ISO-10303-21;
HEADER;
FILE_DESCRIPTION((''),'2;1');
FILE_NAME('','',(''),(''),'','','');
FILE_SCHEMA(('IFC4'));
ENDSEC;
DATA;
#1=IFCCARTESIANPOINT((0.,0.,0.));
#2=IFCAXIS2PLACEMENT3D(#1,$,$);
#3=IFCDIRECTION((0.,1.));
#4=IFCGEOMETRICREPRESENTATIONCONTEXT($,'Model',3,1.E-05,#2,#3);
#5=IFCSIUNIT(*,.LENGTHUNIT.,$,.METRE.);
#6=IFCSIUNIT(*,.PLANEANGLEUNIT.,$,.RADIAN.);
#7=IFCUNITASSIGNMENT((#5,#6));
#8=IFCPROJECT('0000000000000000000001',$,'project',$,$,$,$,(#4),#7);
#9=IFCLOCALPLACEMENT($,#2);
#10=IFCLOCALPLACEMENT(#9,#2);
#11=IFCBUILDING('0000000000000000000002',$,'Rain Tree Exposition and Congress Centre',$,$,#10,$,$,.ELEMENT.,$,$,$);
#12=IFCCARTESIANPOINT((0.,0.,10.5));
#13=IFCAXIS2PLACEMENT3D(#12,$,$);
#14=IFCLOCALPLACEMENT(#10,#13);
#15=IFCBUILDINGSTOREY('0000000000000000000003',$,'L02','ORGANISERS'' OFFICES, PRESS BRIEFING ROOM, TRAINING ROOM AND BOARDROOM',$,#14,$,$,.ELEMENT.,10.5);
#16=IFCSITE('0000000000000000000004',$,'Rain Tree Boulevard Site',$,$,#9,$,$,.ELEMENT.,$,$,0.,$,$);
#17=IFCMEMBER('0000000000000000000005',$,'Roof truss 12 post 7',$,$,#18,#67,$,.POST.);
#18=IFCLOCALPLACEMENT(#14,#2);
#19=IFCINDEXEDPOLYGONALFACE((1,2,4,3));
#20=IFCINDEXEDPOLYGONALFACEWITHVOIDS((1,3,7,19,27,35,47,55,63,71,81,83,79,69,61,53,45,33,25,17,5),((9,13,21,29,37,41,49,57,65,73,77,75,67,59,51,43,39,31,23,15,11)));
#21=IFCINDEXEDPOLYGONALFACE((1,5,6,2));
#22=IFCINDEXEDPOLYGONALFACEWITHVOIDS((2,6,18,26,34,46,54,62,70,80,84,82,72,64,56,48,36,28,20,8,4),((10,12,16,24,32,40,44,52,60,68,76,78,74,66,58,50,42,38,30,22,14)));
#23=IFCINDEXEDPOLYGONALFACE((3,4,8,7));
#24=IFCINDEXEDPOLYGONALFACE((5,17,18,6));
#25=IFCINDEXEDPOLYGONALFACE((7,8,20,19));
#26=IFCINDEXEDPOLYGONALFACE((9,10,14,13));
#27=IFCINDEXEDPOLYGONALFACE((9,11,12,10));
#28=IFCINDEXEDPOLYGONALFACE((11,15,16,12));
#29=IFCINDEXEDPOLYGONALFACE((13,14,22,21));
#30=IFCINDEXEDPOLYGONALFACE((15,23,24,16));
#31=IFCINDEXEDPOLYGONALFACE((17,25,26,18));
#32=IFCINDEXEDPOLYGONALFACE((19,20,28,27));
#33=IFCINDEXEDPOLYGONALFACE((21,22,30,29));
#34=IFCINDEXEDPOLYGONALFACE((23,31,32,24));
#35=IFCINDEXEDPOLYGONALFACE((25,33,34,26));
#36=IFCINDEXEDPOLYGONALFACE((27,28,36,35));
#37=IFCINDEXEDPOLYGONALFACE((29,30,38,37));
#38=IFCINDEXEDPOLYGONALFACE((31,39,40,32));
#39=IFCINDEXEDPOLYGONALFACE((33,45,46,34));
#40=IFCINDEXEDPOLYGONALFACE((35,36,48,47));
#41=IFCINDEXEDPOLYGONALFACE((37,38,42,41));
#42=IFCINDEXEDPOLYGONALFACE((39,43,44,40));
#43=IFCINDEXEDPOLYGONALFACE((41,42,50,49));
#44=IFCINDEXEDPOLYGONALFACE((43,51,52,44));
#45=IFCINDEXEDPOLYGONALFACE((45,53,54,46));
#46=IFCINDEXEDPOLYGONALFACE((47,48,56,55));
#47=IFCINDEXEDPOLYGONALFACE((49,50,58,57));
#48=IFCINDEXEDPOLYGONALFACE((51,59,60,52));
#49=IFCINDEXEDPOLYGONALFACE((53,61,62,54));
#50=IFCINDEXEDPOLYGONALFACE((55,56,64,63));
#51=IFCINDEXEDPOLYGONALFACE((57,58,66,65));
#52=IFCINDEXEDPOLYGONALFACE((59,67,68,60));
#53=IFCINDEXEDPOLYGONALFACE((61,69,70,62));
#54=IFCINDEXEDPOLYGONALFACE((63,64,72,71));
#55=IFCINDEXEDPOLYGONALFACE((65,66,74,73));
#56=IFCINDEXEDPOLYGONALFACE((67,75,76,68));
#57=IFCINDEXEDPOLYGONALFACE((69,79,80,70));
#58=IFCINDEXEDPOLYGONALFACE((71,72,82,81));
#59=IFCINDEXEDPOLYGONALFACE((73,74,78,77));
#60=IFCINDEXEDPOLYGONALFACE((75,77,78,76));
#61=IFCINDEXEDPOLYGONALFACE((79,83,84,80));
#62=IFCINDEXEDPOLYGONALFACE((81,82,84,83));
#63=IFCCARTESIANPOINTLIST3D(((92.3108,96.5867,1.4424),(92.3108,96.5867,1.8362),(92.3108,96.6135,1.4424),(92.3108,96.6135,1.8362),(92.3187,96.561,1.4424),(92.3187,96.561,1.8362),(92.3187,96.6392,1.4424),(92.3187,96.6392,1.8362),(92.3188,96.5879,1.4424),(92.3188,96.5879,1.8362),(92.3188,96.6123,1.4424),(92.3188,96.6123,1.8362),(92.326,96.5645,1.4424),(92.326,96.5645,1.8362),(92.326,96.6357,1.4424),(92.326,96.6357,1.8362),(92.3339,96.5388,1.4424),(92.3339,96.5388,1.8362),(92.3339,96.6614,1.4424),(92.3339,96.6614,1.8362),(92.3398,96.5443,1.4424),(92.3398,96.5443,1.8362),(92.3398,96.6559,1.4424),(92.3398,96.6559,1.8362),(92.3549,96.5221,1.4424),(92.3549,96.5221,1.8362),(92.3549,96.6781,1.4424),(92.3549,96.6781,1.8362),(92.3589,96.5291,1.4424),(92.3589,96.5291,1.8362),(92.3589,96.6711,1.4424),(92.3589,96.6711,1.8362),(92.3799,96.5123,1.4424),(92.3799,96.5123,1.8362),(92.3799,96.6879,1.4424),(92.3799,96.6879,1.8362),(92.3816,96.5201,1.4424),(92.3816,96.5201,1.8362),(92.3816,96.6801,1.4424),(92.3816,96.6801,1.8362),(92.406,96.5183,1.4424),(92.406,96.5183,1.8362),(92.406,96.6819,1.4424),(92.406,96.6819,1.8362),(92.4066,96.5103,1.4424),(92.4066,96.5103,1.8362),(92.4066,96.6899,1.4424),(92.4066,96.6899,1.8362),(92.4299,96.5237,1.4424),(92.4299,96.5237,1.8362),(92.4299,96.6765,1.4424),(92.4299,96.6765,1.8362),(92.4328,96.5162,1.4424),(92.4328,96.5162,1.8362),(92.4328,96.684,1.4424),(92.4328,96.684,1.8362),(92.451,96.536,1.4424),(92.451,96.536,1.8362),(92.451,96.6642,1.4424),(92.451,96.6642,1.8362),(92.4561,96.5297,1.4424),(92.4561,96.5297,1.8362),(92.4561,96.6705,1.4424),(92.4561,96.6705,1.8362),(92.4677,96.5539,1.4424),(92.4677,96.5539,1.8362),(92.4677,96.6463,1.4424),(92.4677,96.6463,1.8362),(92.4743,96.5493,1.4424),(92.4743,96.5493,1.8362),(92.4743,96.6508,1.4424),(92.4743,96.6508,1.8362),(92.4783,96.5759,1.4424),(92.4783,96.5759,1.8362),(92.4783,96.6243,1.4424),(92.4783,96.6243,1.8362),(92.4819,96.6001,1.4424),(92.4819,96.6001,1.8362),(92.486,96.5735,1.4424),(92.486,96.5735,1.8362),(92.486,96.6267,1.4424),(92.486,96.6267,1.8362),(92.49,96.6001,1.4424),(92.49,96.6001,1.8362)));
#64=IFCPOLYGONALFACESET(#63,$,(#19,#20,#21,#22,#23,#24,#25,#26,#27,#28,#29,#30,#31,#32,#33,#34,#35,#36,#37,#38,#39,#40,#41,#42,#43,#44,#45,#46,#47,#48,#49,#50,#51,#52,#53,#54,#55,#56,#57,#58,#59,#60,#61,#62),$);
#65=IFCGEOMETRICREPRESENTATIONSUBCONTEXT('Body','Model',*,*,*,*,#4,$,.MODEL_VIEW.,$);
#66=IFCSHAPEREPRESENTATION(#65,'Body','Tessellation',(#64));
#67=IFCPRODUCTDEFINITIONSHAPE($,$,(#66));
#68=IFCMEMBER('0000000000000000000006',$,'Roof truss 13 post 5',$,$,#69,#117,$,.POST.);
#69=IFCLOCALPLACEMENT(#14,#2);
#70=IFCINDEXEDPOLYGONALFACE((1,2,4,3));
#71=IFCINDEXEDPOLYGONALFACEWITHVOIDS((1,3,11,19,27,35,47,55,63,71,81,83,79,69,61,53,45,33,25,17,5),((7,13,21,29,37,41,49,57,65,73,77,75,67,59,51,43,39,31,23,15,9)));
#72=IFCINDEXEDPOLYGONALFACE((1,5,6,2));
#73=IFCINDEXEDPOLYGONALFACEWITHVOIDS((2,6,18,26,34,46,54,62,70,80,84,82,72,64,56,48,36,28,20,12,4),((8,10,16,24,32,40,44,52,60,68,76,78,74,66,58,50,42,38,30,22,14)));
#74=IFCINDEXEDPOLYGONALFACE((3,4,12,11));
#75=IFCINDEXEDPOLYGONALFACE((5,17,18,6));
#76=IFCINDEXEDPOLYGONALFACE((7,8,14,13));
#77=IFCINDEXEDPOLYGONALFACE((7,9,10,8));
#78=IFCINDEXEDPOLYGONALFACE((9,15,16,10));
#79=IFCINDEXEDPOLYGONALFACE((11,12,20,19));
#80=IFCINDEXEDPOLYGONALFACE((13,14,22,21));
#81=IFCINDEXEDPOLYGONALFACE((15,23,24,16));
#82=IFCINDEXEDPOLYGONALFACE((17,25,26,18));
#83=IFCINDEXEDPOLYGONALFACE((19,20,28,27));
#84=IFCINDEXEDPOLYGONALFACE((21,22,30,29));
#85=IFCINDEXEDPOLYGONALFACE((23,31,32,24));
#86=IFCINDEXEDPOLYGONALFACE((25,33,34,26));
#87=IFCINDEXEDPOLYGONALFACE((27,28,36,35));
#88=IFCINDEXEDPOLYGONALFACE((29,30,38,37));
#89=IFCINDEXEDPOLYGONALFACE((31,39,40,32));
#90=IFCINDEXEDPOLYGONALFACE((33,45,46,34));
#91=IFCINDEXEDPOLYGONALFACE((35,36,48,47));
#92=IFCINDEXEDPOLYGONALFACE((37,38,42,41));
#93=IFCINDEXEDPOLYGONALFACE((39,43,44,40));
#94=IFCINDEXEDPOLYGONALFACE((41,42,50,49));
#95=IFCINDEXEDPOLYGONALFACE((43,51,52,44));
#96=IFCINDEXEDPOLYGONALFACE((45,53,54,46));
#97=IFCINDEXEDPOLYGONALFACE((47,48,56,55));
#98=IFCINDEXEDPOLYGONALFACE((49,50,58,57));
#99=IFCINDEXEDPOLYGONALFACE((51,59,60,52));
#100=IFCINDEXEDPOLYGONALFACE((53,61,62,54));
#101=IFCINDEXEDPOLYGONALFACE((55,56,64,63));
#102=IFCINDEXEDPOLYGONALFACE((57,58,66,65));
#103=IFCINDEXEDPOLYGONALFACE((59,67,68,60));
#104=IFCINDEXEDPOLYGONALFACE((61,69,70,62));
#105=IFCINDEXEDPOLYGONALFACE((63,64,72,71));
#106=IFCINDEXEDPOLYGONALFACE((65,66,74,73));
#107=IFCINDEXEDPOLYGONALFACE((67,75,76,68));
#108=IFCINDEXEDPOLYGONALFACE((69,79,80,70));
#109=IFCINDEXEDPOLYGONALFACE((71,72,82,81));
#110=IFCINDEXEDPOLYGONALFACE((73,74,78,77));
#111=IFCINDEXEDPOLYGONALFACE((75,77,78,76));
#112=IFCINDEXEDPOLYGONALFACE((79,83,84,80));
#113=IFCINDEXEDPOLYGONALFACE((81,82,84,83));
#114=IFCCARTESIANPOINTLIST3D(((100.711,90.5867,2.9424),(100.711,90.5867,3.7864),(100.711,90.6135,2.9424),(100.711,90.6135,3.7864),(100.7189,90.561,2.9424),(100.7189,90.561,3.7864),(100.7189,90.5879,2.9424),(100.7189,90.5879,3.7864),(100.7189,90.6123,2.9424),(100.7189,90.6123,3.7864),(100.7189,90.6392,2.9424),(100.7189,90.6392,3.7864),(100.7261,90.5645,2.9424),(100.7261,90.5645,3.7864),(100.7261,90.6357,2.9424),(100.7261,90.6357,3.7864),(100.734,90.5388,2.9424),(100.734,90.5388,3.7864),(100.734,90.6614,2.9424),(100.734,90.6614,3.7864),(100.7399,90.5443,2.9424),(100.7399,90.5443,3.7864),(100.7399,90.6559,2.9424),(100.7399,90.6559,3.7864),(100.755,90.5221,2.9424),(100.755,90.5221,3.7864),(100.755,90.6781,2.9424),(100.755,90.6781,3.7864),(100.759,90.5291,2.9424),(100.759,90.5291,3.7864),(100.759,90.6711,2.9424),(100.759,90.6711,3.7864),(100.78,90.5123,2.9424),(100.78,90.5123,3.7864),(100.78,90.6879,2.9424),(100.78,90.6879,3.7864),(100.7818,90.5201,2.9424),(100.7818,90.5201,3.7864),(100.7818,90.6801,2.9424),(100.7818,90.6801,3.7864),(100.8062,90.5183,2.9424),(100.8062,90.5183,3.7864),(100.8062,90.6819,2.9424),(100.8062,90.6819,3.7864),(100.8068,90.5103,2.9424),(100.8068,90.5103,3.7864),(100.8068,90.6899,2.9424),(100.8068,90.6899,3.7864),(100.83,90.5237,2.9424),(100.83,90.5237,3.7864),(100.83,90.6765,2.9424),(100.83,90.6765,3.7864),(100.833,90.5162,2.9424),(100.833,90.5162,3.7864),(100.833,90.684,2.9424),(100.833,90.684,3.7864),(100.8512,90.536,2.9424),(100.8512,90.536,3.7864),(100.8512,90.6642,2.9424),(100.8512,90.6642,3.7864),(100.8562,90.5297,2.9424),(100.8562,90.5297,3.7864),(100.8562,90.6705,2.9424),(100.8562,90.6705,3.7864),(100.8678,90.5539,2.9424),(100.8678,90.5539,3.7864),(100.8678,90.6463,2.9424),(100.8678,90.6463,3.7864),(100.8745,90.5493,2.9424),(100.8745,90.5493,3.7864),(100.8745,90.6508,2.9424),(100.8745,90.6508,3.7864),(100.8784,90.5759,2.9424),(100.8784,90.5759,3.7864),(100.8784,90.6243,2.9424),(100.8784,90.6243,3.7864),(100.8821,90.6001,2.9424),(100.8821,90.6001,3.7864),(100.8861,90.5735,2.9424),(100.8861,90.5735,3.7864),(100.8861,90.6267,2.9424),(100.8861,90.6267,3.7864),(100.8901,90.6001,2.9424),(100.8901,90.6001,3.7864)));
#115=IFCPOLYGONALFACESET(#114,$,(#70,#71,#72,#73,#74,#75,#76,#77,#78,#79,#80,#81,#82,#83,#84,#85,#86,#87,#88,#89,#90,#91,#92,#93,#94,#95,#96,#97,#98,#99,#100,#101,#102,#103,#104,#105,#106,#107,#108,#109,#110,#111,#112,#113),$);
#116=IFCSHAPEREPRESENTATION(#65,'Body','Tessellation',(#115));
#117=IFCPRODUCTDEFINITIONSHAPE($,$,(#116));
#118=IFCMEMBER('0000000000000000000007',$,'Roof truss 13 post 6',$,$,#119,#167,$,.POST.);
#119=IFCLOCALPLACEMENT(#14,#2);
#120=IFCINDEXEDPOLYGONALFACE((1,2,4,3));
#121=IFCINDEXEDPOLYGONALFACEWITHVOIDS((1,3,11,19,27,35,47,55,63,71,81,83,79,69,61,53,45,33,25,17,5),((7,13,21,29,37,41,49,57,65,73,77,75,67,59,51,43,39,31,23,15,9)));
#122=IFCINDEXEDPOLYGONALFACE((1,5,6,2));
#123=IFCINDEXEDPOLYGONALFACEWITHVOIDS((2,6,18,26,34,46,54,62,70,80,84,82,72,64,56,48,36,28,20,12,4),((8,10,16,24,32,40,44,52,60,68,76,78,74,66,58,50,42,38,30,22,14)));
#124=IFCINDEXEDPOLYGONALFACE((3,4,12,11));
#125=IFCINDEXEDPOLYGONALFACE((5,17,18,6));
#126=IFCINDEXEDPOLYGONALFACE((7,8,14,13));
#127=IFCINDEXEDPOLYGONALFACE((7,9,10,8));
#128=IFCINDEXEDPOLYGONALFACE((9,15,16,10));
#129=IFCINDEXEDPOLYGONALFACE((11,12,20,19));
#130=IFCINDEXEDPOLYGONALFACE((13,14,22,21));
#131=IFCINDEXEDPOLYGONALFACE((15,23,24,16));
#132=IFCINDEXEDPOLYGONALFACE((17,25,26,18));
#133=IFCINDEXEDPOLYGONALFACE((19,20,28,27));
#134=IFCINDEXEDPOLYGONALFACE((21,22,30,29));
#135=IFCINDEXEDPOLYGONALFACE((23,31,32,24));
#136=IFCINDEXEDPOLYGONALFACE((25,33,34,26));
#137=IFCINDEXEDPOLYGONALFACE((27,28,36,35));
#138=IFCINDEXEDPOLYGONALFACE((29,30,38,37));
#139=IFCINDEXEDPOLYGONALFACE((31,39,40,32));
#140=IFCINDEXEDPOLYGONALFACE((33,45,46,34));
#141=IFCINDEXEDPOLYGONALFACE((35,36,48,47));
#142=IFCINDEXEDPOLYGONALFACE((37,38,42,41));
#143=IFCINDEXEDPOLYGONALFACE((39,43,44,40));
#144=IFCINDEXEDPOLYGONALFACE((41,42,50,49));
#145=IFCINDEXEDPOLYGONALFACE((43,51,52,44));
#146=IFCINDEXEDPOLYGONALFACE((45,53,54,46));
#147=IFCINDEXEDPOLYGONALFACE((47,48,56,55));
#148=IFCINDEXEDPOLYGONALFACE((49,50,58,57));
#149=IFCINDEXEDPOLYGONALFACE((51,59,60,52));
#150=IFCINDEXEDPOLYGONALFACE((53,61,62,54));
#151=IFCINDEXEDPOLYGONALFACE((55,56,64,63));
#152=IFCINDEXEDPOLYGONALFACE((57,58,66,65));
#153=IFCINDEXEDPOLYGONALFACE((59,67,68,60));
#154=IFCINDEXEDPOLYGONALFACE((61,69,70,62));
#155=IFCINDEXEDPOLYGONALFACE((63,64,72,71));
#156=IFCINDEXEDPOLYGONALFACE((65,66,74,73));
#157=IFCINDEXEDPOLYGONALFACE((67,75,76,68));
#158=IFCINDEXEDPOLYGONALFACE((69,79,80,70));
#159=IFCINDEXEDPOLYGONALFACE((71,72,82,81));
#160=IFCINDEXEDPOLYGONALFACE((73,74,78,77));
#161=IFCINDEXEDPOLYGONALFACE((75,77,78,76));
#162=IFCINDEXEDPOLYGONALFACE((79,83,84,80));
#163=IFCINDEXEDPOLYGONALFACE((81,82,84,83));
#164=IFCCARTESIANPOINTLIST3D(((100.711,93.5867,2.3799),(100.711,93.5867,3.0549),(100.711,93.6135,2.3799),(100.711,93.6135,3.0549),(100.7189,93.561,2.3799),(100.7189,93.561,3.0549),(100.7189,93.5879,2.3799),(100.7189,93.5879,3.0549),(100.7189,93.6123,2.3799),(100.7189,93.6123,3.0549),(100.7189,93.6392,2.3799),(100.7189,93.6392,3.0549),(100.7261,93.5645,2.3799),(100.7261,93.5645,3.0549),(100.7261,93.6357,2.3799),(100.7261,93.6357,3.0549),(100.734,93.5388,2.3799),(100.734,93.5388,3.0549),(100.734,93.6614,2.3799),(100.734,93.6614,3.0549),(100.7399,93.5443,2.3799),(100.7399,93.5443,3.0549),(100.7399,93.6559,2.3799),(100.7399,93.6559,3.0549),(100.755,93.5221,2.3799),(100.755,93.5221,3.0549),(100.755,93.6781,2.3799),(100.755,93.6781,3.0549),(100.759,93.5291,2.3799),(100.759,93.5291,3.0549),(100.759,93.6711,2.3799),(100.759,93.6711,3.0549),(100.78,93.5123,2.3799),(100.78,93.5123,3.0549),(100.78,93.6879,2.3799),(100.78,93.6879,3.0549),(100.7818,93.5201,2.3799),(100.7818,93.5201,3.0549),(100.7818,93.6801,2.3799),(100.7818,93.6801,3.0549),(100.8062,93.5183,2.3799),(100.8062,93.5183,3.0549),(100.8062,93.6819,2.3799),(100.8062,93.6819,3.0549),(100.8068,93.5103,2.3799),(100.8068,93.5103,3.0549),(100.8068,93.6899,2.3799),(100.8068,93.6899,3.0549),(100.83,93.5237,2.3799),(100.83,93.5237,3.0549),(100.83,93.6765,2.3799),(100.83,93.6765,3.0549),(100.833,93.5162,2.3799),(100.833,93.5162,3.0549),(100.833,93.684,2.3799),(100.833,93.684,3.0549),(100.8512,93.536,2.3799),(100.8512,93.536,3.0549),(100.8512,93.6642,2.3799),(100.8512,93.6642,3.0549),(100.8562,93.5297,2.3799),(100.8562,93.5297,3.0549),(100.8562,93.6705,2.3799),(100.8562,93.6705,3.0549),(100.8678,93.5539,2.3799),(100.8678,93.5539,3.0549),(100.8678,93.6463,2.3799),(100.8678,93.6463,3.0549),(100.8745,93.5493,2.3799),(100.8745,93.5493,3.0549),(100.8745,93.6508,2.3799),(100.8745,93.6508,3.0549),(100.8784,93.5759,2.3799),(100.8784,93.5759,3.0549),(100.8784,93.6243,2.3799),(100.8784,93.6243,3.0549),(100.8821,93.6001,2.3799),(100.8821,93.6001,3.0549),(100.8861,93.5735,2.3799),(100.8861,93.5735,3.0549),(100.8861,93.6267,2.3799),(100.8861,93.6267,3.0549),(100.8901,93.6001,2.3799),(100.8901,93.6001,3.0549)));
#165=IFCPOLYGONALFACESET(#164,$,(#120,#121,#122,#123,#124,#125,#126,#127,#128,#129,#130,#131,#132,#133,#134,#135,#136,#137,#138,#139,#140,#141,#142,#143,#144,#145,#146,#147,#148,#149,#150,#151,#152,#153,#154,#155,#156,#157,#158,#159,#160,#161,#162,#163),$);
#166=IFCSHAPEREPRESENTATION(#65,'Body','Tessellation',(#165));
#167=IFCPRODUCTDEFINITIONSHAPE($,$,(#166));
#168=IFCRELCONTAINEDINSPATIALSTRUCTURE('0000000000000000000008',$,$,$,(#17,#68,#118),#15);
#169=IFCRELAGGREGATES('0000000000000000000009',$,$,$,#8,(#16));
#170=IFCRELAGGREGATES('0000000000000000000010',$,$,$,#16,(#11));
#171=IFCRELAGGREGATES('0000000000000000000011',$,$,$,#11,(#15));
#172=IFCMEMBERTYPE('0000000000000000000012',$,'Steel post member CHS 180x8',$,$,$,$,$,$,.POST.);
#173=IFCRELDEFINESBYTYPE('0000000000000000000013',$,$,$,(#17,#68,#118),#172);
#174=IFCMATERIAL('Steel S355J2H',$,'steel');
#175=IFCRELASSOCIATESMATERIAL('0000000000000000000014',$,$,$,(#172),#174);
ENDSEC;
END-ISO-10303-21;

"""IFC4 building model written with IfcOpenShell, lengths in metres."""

from ifc_helpers import new_model, si_unit, direction, frame, origin, origin_2d, place, context, subcontext, project, spatial, hollow_circle, extrude, material, material_profile, profile_set, type_object, element, save


model = new_model("IFC4")

# Units and contexts
model_context = context("Model", 3, precision=1e-05, world=origin(), true_north=direction((0.0, 1.0)))
body_context = subcontext(model_context, "Body", "Model", "MODEL_VIEW")
ifc_project = project(units=[si_unit("LENGTHUNIT", "METRE"), si_unit("PLANEANGLEUNIT", "RADIAN")], contexts=[model_context])

# Site, building, storey
site_placement = place(None, origin())
site = spatial("IfcSite", under=ifc_project, at=site_placement, Name="Rain Tree Boulevard Site", CompositionType="ELEMENT", RefElevation=0.0)
building_placement = place(site_placement, origin())
building = spatial("IfcBuilding", under=site, at=building_placement, Name="Rain Tree Exposition and Congress Centre", CompositionType="ELEMENT")
storey_placement = place(building_placement, frame((0.0, 0.0, 10.5)))
storey = spatial("IfcBuildingStorey", under=building, at=storey_placement, Name="L02", Description="ORGANISERS' OFFICES, PRESS BRIEFING ROOM, TRAINING ROOM AND BOARDROOM", CompositionType="ELEMENT", Elevation=10.5)

# Members
ifc_material_1 = material(Name="Steel S355J2H", Category="steel")
ifc_material_profile_1 = material_profile(ifc_material_1, hollow_circle(Radius=0.0901, WallThickness=0.0081, at=origin_2d()), Name="CHS 180x8")
ifc_profile_set_1 = profile_set([ifc_material_profile_1], Name="Steel S355J2H")
member_type_1 = type_object("IfcMemberType", Name="Steel post member CHS 180x8", PredefinedType="POST", material=ifc_profile_set_1)
member_1_placement = place(storey_placement, frame((92.3999, 96.6001, 1.4424), z_axis=(0.0, 0.0, 1.0), x_axis=(1.0, 0.0, 0.0)))
element("IfcMember", 1, at=member_1_placement, inside=storey, type_object=member_type_1, Name="Roof truss 12 post 7", PredefinedType="POST", context=body_context, shape_type="SweptSolid", body=[
    extrude(hollow_circle(Radius=0.0901, WallThickness=0.0081, at=origin_2d()), origin(), (0.0, 0.0, 1.0), 0.3938),
])
member_2_placement = place(storey_placement, frame((100.8, 90.6001, 2.9424), z_axis=(0.0, 0.0, 1.0), x_axis=(1.0, 0.0, 0.0)))
element("IfcMember", 2, at=member_2_placement, inside=storey, type_object=member_type_1, Name="Roof truss 13 post 5", PredefinedType="POST", context=body_context, shape_type="SweptSolid", body=[
    extrude(hollow_circle(Radius=0.0901, WallThickness=0.0081, at=origin_2d()), origin(), (0.0, 0.0, 1.0), 0.844),
])
member_3_placement = place(storey_placement, frame((100.8, 93.6001, 2.3799), z_axis=(0.0, 0.0, 1.0), x_axis=(1.0, 0.0, 0.0)))
element("IfcMember", 3, at=member_3_placement, inside=storey, type_object=member_type_1, Name="Roof truss 13 post 6", PredefinedType="POST", context=body_context, shape_type="SweptSolid", body=[
    extrude(hollow_circle(Radius=0.0901, WallThickness=0.0081, at=origin_2d()), origin(), (0.0, 0.0, 1.0), 0.675),
])

save(model, "model.ifc")
